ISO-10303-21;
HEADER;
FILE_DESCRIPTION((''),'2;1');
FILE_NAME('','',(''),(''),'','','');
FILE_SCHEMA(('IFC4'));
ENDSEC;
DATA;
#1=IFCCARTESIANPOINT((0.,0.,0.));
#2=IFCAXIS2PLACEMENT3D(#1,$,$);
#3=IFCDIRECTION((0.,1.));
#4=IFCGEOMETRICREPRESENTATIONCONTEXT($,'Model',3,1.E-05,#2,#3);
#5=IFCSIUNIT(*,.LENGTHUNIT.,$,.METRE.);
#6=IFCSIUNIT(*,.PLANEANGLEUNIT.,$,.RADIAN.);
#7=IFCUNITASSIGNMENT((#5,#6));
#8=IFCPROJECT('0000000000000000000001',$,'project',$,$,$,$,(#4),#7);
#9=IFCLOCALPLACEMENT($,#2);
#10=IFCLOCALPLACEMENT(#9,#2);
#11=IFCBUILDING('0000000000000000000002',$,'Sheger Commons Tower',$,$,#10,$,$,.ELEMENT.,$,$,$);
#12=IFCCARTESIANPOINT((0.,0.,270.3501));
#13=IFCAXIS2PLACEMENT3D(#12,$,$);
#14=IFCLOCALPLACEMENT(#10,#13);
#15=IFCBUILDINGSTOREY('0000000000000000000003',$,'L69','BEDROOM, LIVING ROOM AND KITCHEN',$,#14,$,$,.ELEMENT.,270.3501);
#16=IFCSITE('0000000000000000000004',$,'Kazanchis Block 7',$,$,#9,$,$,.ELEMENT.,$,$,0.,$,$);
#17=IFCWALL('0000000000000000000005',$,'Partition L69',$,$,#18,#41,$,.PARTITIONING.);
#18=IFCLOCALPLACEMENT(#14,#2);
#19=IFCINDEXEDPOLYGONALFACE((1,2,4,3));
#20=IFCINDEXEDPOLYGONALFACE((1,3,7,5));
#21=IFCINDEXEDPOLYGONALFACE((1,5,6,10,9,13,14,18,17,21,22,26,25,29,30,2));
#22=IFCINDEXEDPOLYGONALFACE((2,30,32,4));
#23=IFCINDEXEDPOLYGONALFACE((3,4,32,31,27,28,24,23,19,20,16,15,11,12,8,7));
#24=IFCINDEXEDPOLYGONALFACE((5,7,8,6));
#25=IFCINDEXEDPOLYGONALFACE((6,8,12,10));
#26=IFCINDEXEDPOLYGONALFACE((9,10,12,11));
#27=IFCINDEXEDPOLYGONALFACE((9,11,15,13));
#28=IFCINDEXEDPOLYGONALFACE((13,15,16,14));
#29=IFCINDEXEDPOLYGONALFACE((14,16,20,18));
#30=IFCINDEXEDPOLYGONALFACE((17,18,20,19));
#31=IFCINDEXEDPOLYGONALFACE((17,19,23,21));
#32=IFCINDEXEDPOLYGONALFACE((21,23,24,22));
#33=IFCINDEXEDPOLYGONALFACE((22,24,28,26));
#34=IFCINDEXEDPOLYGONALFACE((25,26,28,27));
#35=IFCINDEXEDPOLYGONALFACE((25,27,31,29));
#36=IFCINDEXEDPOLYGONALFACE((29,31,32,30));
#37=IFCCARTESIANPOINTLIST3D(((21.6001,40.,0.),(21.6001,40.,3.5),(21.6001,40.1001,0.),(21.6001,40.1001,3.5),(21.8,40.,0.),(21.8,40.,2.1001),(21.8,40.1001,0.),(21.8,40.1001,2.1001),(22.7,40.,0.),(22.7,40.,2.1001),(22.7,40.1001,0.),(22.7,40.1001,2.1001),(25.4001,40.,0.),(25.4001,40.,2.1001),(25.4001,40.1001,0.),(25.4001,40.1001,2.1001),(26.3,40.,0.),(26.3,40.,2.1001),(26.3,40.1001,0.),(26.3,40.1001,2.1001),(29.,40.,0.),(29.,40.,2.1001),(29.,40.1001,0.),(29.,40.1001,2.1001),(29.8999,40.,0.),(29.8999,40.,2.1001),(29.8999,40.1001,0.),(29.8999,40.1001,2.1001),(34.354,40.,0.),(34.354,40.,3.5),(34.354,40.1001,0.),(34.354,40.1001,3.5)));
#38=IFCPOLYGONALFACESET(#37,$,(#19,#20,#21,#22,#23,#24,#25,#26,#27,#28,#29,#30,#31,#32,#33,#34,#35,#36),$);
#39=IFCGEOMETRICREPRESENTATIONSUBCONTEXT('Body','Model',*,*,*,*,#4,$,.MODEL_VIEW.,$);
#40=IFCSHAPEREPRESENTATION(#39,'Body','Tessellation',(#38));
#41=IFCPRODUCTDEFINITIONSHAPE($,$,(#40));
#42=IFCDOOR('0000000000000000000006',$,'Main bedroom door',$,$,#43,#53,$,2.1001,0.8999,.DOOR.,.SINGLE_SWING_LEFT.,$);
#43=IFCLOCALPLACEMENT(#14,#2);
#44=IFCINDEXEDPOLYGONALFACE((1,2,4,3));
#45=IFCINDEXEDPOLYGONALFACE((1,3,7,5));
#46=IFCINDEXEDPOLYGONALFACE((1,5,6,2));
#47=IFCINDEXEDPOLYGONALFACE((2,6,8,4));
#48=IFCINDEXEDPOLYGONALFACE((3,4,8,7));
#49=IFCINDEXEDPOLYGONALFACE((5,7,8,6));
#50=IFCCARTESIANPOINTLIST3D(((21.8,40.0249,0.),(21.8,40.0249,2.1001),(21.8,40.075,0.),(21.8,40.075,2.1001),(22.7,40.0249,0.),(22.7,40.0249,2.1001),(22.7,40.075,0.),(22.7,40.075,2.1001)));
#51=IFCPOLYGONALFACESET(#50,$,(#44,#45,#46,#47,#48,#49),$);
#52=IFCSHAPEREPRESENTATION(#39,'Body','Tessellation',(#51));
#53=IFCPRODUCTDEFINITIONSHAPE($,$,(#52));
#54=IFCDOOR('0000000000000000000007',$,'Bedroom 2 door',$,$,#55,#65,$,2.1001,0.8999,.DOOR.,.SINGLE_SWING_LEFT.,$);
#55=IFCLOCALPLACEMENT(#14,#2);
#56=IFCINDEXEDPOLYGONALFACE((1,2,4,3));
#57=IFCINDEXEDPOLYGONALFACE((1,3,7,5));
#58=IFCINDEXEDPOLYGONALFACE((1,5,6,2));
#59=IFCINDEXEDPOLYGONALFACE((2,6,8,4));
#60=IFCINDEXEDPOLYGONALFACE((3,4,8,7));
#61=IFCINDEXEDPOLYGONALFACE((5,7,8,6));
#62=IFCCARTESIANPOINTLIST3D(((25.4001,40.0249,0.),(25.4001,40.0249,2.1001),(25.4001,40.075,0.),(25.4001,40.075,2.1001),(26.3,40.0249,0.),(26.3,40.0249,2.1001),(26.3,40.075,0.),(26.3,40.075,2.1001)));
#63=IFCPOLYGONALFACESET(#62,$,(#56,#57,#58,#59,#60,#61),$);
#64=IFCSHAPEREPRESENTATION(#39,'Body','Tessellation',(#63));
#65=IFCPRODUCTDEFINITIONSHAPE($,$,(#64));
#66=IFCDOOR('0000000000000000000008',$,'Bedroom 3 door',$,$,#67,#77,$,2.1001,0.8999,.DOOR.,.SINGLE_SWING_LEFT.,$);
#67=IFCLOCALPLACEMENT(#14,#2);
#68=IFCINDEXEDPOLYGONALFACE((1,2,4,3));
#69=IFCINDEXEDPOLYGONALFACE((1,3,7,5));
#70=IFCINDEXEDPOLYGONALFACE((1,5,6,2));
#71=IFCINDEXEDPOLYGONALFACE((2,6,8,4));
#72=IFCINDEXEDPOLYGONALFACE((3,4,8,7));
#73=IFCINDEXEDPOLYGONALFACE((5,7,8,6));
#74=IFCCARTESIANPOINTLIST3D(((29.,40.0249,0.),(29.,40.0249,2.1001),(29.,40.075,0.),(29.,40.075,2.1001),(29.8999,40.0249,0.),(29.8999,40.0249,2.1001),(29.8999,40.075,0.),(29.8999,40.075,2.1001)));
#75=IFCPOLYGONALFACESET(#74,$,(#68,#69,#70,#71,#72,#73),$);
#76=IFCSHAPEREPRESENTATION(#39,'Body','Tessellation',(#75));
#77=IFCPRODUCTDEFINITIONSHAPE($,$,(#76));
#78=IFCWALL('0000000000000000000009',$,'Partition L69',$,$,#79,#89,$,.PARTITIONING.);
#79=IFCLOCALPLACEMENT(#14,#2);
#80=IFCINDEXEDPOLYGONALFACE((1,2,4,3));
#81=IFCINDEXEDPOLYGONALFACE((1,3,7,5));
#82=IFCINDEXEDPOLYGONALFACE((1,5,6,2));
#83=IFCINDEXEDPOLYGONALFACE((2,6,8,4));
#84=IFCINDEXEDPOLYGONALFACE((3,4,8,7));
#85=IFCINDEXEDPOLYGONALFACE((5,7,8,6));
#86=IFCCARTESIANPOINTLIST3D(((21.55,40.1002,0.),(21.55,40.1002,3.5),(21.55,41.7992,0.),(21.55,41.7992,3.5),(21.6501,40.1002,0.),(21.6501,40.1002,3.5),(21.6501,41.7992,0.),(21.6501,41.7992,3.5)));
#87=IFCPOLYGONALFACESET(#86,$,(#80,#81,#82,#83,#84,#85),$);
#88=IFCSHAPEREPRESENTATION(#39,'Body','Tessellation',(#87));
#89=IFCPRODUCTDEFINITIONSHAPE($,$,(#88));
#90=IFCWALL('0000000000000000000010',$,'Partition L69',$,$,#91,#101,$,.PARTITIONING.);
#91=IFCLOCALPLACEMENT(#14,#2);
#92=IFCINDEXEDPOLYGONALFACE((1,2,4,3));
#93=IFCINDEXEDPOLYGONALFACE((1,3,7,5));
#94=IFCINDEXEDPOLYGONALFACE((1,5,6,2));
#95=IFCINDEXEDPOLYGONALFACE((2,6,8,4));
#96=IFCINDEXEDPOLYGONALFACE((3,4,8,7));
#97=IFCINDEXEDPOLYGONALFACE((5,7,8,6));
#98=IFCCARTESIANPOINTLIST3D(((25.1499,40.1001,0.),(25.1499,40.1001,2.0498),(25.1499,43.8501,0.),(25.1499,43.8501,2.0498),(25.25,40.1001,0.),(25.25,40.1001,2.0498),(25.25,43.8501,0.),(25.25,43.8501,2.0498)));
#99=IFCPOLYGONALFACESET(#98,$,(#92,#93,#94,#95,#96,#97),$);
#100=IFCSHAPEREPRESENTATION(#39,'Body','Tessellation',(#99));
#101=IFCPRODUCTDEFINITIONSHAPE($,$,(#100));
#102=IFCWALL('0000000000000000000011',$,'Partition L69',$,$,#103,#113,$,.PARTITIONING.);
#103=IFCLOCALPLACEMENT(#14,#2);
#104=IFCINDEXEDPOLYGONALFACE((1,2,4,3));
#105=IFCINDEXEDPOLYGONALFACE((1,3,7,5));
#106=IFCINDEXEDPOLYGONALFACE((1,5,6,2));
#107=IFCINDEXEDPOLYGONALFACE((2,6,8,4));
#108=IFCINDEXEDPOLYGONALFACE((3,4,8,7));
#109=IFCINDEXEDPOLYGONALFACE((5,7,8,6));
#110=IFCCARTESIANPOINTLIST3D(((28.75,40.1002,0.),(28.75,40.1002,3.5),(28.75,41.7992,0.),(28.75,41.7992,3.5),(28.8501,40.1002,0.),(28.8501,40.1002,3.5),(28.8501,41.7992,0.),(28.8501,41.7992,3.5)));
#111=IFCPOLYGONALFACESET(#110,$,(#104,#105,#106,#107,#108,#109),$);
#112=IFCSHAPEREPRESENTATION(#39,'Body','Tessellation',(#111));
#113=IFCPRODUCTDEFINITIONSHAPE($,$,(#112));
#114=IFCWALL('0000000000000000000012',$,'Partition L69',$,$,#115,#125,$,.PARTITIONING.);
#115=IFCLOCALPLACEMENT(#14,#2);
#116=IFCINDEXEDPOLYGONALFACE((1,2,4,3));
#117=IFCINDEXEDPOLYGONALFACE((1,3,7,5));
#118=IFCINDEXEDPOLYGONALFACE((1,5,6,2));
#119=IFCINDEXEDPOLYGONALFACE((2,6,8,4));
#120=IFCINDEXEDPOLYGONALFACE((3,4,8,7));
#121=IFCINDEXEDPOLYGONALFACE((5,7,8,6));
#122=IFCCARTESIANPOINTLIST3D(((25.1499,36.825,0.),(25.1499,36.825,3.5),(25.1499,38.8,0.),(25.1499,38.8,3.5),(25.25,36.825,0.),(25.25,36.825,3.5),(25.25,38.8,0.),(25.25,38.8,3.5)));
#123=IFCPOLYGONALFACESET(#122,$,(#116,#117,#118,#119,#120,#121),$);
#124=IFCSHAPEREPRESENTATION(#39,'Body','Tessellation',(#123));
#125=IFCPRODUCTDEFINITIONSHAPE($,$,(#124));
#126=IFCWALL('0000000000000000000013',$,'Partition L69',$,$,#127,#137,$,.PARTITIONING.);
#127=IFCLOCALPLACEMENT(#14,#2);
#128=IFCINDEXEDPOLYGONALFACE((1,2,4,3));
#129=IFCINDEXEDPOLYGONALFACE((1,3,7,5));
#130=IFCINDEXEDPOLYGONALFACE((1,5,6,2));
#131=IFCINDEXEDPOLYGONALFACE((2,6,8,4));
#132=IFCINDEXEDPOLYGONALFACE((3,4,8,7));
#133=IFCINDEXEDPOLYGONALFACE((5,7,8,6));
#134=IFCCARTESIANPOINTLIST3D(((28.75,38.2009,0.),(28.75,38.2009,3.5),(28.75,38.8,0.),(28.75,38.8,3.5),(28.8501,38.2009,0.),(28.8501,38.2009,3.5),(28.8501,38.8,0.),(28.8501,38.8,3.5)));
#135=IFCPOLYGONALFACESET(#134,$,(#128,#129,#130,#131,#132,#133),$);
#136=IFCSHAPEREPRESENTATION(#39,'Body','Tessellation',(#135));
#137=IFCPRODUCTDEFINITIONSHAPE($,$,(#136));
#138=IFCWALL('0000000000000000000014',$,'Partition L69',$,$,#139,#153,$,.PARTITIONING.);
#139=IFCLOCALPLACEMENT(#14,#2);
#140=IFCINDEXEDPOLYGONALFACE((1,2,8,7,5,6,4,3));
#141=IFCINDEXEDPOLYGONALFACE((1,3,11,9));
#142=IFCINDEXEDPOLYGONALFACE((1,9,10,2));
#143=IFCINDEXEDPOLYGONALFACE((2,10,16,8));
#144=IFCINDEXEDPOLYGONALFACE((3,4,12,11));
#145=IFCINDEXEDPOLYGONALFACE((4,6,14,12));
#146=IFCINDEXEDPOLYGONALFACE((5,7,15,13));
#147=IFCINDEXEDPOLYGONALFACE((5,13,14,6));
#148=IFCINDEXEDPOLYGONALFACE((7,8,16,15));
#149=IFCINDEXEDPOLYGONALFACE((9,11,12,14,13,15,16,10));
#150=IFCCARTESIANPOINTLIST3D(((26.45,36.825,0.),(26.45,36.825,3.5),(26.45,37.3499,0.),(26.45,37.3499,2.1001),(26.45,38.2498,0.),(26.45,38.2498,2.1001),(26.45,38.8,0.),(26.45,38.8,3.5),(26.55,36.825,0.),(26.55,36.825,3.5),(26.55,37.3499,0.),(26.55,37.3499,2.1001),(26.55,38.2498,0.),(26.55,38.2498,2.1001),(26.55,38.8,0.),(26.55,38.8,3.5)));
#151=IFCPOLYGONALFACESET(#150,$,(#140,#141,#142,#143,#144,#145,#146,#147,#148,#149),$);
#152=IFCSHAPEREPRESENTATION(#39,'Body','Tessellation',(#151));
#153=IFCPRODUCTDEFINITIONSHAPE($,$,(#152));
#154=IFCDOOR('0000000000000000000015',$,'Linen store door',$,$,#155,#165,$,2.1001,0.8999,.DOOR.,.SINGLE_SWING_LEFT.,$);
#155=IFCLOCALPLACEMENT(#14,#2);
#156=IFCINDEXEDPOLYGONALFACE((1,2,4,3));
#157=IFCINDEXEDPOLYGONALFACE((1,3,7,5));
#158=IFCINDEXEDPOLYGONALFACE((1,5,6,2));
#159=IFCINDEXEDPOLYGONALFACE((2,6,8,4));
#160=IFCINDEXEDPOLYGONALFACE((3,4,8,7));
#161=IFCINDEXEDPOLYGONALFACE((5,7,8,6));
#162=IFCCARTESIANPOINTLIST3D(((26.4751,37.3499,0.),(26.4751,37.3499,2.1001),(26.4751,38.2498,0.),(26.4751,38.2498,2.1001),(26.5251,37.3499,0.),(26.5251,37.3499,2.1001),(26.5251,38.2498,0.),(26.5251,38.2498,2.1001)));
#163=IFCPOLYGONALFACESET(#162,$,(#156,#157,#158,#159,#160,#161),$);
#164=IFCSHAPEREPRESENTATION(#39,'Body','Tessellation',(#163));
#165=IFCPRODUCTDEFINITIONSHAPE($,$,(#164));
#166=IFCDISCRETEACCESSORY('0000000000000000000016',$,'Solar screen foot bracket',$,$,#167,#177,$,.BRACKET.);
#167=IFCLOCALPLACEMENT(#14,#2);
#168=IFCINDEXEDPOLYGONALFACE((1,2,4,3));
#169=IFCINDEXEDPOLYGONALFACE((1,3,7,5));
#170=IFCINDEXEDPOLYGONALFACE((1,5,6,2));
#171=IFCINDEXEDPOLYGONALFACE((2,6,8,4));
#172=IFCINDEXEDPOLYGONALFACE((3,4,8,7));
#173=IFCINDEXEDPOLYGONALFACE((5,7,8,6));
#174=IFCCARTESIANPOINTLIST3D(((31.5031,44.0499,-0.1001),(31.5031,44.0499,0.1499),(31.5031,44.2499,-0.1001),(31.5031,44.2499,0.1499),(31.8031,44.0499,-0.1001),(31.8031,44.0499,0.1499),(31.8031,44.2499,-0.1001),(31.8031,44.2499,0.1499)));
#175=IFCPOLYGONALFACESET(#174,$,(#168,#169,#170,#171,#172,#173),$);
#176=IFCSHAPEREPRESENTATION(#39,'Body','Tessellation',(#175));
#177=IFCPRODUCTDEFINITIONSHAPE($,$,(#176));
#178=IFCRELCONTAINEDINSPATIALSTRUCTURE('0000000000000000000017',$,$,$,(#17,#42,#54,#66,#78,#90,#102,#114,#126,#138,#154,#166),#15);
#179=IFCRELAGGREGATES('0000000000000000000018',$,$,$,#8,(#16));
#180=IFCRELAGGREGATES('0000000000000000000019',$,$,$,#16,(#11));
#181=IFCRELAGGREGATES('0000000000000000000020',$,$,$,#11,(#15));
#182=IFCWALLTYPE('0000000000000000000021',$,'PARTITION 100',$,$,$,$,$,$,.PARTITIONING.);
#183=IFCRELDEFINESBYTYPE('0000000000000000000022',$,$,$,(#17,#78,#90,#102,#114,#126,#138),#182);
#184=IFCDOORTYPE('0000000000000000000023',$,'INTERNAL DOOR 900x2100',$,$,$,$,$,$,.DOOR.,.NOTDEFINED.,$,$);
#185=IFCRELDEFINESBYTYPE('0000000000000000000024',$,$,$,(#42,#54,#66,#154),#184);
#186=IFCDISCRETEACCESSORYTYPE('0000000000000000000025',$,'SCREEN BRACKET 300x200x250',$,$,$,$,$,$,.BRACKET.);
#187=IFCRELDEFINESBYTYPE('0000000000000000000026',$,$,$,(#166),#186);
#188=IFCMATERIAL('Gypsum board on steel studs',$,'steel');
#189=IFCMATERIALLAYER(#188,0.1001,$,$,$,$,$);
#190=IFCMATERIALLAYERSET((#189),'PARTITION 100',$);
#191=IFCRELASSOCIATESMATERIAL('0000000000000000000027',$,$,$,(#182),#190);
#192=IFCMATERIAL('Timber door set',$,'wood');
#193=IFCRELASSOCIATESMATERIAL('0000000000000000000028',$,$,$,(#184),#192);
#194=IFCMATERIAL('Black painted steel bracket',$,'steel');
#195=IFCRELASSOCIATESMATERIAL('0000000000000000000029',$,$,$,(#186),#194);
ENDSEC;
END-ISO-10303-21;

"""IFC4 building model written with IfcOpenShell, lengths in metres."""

from ifc_helpers import new_model, si_unit, direction, frame, frame_2d, origin, origin_2d, place, context, subcontext, project, spatial, rectangle, extrude, material, layer, layer_set, type_object, element, fill, save


model = new_model("IFC4")

# Units and contexts
model_context = context("Model", 3, precision=1e-05, world=origin(), true_north=direction((0.0, 1.0)))
body_context = subcontext(model_context, "Body", "Model", "MODEL_VIEW")
ifc_project = project(units=[si_unit("LENGTHUNIT", "METRE"), si_unit("PLANEANGLEUNIT", "RADIAN")], contexts=[model_context])

# Site, building, storey
site_placement = place(None, origin())
site = spatial("IfcSite", under=ifc_project, at=site_placement, Name="Kazanchis Block 7", CompositionType="ELEMENT", RefElevation=0.0)
building_placement = place(site_placement, origin())
building = spatial("IfcBuilding", under=site, at=building_placement, Name="Sheger Commons Tower", CompositionType="ELEMENT")
storey_placement = place(building_placement, frame((0.0, 0.0, 270.3501)))
storey = spatial("IfcBuildingStorey", under=building, at=storey_placement, Name="L69", Description="BEDROOM, LIVING ROOM AND KITCHEN", CompositionType="ELEMENT", Elevation=270.3501)

# Wall, openings, doors
ifc_material_1 = material(Name="Gypsum board on steel studs", Category="steel")
ifc_layer_1 = layer(ifc_material_1, 0.1001)
ifc_layer_set_1 = layer_set([ifc_layer_1], Name="PARTITION 100")
wall_type_1 = type_object("IfcWallType", Name="PARTITION 100", PredefinedType="PARTITIONING", material=ifc_layer_set_1)
wall_1_placement = place(storey_placement, frame((21.6001, 40.05, 0.0), z_axis=(0.0, 0.0, 1.0), x_axis=(1.0, 0.0, 0.0)))
wall_1 = element("IfcWall", 1, at=wall_1_placement, inside=storey, type_object=wall_type_1, Name="Partition L69", PredefinedType="PARTITIONING", context=body_context, shape_type="SweptSolid", body=[
    extrude(rectangle(XDim=12.7539, YDim=0.1001, at=frame_2d((6.377, 0.0))), origin(), (0.0, 0.0, 1.0), 3.5),
])
opening_1_placement = place(wall_1_placement, frame((0.2, 0.0, 0.0)))
opening_1 = element("IfcOpeningElement", 2, at=opening_1_placement, cuts=wall_1, PredefinedType="OPENING", context=body_context, shape_type="SweptSolid", body=[
    extrude(rectangle(XDim=0.8999, YDim=2.1001, at=frame_2d((0.45, 1.05))), frame((0.0, 0.0601, 0.0), z_axis=(0.0, -1.0, 0.0), x_axis=(1.0, 0.0, 0.0)), (0.0, 0.0, 1.0), 0.1201),
])
opening_2_placement = place(wall_1_placement, frame((3.8, 0.0, 0.0)))
opening_2 = element("IfcOpeningElement", 3, at=opening_2_placement, cuts=wall_1, PredefinedType="OPENING", context=body_context, shape_type="SweptSolid", body=[
    extrude(rectangle(XDim=0.8999, YDim=2.1001, at=frame_2d((0.45, 1.05))), frame((0.0, 0.0601, 0.0), z_axis=(0.0, -1.0, 0.0), x_axis=(1.0, 0.0, 0.0)), (0.0, 0.0, 1.0), 0.1201),
])
opening_3_placement = place(wall_1_placement, frame((7.3999, 0.0, 0.0)))
opening_3 = element("IfcOpeningElement", 4, at=opening_3_placement, cuts=wall_1, PredefinedType="OPENING", context=body_context, shape_type="SweptSolid", body=[
    extrude(rectangle(XDim=0.8999, YDim=2.1001, at=frame_2d((0.45, 1.05))), frame((0.0, 0.0601, 0.0), z_axis=(0.0, -1.0, 0.0), x_axis=(1.0, 0.0, 0.0)), (0.0, 0.0, 1.0), 0.1201),
])
ifc_material_2 = material(Name="Timber door set", Category="wood")
door_type = type_object("IfcDoorType", Name="INTERNAL DOOR 900x2100", OperationType="NOTDEFINED", PredefinedType="DOOR", material=ifc_material_2)
door_1_placement = place(opening_1_placement, origin())
door_1 = element("IfcDoor", 5, at=door_1_placement, inside=storey, type_object=door_type, Name="Main bedroom door", OperationType="SINGLE_SWING_LEFT", OverallHeight=2.1001, OverallWidth=0.8999, PredefinedType="DOOR", context=body_context, shape_type="SweptSolid", body=[
    extrude(rectangle(XDim=0.8999, YDim=2.1001, at=frame_2d((0.45, 1.05))), frame((0.0, 0.0249, 0.0), z_axis=(0.0, -1.0, 0.0), x_axis=(1.0, 0.0, 0.0)), (0.0, 0.0, 1.0), 0.05),
])
fill(opening_1, door_1)
door_2_placement = place(opening_2_placement, origin())
door_2 = element("IfcDoor", 6, at=door_2_placement, inside=storey, type_object=door_type, Name="Bedroom 2 door", OperationType="SINGLE_SWING_LEFT", OverallHeight=2.1001, OverallWidth=0.8999, PredefinedType="DOOR", context=body_context, shape_type="SweptSolid", body=[
    extrude(rectangle(XDim=0.8999, YDim=2.1001, at=frame_2d((0.45, 1.05))), frame((0.0, 0.0249, 0.0), z_axis=(0.0, -1.0, 0.0), x_axis=(1.0, 0.0, 0.0)), (0.0, 0.0, 1.0), 0.05),
])
fill(opening_2, door_2)
door_3_placement = place(opening_3_placement, origin())
door_3 = element("IfcDoor", 7, at=door_3_placement, inside=storey, type_object=door_type, Name="Bedroom 3 door", OperationType="SINGLE_SWING_LEFT", OverallHeight=2.1001, OverallWidth=0.8999, PredefinedType="DOOR", context=body_context, shape_type="SweptSolid", body=[
    extrude(rectangle(XDim=0.8999, YDim=2.1001, at=frame_2d((0.45, 1.05))), frame((0.0, 0.0249, 0.0), z_axis=(0.0, -1.0, 0.0), x_axis=(1.0, 0.0, 0.0)), (0.0, 0.0, 1.0), 0.05),
])
fill(opening_3, door_3)

# Walls
wall_2_placement = place(storey_placement, frame((21.6001, 40.1001, 0.0), z_axis=(0.0, 0.0, 1.0), x_axis=(0.0, 1.0, 0.0)))
element("IfcWall", 8, at=wall_2_placement, inside=storey, type_object=wall_type_1, Name="Partition L69", PredefinedType="PARTITIONING", context=body_context, shape_type="SweptSolid", body=[
    extrude(rectangle(XDim=1.699, YDim=0.1001, at=frame_2d((0.8496, 0.0))), origin(), (0.0, 0.0, 1.0), 3.5),
])
wall_3_placement = place(storey_placement, frame((25.2, 40.1001, 0.0), z_axis=(0.0, 0.0, 1.0), x_axis=(0.0, 1.0, 0.0)))
element("IfcWall", 9, at=wall_3_placement, inside=storey, type_object=wall_type_1, Name="Partition L69", PredefinedType="PARTITIONING", context=body_context, shape_type="SweptSolid", body=[
    extrude(rectangle(XDim=3.75, YDim=0.1001, at=frame_2d((1.875, 0.0))), origin(), (0.0, 0.0, 1.0), 2.0498),
])
wall_4_placement = place(storey_placement, frame((28.8, 40.1001, 0.0), z_axis=(0.0, 0.0, 1.0), x_axis=(0.0, 1.0, 0.0)))
element("IfcWall", 10, at=wall_4_placement, inside=storey, type_object=wall_type_1, Name="Partition L69", PredefinedType="PARTITIONING", context=body_context, shape_type="SweptSolid", body=[
    extrude(rectangle(XDim=1.699, YDim=0.1001, at=frame_2d((0.8496, 0.0))), origin(), (0.0, 0.0, 1.0), 3.5),
])
wall_5_placement = place(storey_placement, frame((25.2, 36.825, 0.0), z_axis=(0.0, 0.0, 1.0), x_axis=(0.0, 1.0, 0.0)))
element("IfcWall", 11, at=wall_5_placement, inside=storey, type_object=wall_type_1, Name="Partition L69", PredefinedType="PARTITIONING", context=body_context, shape_type="SweptSolid", body=[
    extrude(rectangle(XDim=1.9751, YDim=0.1001, at=frame_2d((0.9875, 0.0))), origin(), (0.0, 0.0, 1.0), 3.5),
])
wall_6_placement = place(storey_placement, frame((28.8, 38.2009, 0.0), z_axis=(0.0, 0.0, 1.0), x_axis=(0.0, 1.0, 0.0)))
element("IfcWall", 12, at=wall_6_placement, inside=storey, type_object=wall_type_1, Name="Partition L69", PredefinedType="PARTITIONING", context=body_context, shape_type="SweptSolid", body=[
    extrude(rectangle(XDim=0.5991, YDim=0.1001, at=frame_2d((0.2996, 0.0))), origin(), (0.0, 0.0, 1.0), 3.5),
])

# Wall, opening, door
wall_7_placement = place(storey_placement, frame((26.5, 36.825, 0.0), z_axis=(0.0, 0.0, 1.0), x_axis=(0.0, 1.0, 0.0)))
wall_7 = element("IfcWall", 13, at=wall_7_placement, inside=storey, type_object=wall_type_1, Name="Partition L69", PredefinedType="PARTITIONING", context=body_context, shape_type="SweptSolid", body=[
    extrude(rectangle(XDim=1.9751, YDim=0.1001, at=frame_2d((0.9875, 0.0))), origin(), (0.0, 0.0, 1.0), 3.5),
])
opening_4_placement = place(wall_7_placement, frame((0.5249, 0.0, 0.0)))
opening_4 = element("IfcOpeningElement", 14, at=opening_4_placement, cuts=wall_7, PredefinedType="OPENING", context=body_context, shape_type="SweptSolid", body=[
    extrude(rectangle(XDim=0.8999, YDim=2.1001, at=frame_2d((0.45, 1.05))), frame((0.0, 0.0601, 0.0), z_axis=(0.0, -1.0, 0.0), x_axis=(1.0, 0.0, 0.0)), (0.0, 0.0, 1.0), 0.1201),
])
door_4_placement = place(opening_4_placement, origin())
door_4 = element("IfcDoor", 15, at=door_4_placement, inside=storey, type_object=door_type, Name="Linen store door", OperationType="SINGLE_SWING_LEFT", OverallHeight=2.1001, OverallWidth=0.8999, PredefinedType="DOOR", context=body_context, shape_type="SweptSolid", body=[
    extrude(rectangle(XDim=0.8999, YDim=2.1001, at=frame_2d((0.45, 1.05))), frame((0.0, 0.0249, 0.0), z_axis=(0.0, -1.0, 0.0), x_axis=(1.0, 0.0, 0.0)), (0.0, 0.0, 1.0), 0.05),
])
fill(opening_4, door_4)

# Discrete accessory
ifc_material_3 = material(Name="Black painted steel bracket", Category="steel")
discrete_accessory_type = type_object("IfcDiscreteAccessoryType", Name="SCREEN BRACKET 300x200x250", PredefinedType="BRACKET", material=ifc_material_3)
for number, where, z_axis, x_axis, name in (
    (16, (31.6531, 44.1499, -0.1001), (0.0, 0.0, 1.0), (-1.0, 0.0, 0.0), "Solar screen foot bracket"),
):
    element("IfcDiscreteAccessory", number, at=place(storey_placement, frame(where, z_axis=z_axis, x_axis=x_axis)), inside=storey, type_object=discrete_accessory_type, Name=name, PredefinedType="BRACKET", context=body_context, shape_type="SweptSolid", body=[
        extrude(rectangle(XDim=0.3, YDim=0.2, at=origin_2d()), origin(), (0.0, 0.0, 1.0), 0.25),
    ])

save(model, "model.ifc")
